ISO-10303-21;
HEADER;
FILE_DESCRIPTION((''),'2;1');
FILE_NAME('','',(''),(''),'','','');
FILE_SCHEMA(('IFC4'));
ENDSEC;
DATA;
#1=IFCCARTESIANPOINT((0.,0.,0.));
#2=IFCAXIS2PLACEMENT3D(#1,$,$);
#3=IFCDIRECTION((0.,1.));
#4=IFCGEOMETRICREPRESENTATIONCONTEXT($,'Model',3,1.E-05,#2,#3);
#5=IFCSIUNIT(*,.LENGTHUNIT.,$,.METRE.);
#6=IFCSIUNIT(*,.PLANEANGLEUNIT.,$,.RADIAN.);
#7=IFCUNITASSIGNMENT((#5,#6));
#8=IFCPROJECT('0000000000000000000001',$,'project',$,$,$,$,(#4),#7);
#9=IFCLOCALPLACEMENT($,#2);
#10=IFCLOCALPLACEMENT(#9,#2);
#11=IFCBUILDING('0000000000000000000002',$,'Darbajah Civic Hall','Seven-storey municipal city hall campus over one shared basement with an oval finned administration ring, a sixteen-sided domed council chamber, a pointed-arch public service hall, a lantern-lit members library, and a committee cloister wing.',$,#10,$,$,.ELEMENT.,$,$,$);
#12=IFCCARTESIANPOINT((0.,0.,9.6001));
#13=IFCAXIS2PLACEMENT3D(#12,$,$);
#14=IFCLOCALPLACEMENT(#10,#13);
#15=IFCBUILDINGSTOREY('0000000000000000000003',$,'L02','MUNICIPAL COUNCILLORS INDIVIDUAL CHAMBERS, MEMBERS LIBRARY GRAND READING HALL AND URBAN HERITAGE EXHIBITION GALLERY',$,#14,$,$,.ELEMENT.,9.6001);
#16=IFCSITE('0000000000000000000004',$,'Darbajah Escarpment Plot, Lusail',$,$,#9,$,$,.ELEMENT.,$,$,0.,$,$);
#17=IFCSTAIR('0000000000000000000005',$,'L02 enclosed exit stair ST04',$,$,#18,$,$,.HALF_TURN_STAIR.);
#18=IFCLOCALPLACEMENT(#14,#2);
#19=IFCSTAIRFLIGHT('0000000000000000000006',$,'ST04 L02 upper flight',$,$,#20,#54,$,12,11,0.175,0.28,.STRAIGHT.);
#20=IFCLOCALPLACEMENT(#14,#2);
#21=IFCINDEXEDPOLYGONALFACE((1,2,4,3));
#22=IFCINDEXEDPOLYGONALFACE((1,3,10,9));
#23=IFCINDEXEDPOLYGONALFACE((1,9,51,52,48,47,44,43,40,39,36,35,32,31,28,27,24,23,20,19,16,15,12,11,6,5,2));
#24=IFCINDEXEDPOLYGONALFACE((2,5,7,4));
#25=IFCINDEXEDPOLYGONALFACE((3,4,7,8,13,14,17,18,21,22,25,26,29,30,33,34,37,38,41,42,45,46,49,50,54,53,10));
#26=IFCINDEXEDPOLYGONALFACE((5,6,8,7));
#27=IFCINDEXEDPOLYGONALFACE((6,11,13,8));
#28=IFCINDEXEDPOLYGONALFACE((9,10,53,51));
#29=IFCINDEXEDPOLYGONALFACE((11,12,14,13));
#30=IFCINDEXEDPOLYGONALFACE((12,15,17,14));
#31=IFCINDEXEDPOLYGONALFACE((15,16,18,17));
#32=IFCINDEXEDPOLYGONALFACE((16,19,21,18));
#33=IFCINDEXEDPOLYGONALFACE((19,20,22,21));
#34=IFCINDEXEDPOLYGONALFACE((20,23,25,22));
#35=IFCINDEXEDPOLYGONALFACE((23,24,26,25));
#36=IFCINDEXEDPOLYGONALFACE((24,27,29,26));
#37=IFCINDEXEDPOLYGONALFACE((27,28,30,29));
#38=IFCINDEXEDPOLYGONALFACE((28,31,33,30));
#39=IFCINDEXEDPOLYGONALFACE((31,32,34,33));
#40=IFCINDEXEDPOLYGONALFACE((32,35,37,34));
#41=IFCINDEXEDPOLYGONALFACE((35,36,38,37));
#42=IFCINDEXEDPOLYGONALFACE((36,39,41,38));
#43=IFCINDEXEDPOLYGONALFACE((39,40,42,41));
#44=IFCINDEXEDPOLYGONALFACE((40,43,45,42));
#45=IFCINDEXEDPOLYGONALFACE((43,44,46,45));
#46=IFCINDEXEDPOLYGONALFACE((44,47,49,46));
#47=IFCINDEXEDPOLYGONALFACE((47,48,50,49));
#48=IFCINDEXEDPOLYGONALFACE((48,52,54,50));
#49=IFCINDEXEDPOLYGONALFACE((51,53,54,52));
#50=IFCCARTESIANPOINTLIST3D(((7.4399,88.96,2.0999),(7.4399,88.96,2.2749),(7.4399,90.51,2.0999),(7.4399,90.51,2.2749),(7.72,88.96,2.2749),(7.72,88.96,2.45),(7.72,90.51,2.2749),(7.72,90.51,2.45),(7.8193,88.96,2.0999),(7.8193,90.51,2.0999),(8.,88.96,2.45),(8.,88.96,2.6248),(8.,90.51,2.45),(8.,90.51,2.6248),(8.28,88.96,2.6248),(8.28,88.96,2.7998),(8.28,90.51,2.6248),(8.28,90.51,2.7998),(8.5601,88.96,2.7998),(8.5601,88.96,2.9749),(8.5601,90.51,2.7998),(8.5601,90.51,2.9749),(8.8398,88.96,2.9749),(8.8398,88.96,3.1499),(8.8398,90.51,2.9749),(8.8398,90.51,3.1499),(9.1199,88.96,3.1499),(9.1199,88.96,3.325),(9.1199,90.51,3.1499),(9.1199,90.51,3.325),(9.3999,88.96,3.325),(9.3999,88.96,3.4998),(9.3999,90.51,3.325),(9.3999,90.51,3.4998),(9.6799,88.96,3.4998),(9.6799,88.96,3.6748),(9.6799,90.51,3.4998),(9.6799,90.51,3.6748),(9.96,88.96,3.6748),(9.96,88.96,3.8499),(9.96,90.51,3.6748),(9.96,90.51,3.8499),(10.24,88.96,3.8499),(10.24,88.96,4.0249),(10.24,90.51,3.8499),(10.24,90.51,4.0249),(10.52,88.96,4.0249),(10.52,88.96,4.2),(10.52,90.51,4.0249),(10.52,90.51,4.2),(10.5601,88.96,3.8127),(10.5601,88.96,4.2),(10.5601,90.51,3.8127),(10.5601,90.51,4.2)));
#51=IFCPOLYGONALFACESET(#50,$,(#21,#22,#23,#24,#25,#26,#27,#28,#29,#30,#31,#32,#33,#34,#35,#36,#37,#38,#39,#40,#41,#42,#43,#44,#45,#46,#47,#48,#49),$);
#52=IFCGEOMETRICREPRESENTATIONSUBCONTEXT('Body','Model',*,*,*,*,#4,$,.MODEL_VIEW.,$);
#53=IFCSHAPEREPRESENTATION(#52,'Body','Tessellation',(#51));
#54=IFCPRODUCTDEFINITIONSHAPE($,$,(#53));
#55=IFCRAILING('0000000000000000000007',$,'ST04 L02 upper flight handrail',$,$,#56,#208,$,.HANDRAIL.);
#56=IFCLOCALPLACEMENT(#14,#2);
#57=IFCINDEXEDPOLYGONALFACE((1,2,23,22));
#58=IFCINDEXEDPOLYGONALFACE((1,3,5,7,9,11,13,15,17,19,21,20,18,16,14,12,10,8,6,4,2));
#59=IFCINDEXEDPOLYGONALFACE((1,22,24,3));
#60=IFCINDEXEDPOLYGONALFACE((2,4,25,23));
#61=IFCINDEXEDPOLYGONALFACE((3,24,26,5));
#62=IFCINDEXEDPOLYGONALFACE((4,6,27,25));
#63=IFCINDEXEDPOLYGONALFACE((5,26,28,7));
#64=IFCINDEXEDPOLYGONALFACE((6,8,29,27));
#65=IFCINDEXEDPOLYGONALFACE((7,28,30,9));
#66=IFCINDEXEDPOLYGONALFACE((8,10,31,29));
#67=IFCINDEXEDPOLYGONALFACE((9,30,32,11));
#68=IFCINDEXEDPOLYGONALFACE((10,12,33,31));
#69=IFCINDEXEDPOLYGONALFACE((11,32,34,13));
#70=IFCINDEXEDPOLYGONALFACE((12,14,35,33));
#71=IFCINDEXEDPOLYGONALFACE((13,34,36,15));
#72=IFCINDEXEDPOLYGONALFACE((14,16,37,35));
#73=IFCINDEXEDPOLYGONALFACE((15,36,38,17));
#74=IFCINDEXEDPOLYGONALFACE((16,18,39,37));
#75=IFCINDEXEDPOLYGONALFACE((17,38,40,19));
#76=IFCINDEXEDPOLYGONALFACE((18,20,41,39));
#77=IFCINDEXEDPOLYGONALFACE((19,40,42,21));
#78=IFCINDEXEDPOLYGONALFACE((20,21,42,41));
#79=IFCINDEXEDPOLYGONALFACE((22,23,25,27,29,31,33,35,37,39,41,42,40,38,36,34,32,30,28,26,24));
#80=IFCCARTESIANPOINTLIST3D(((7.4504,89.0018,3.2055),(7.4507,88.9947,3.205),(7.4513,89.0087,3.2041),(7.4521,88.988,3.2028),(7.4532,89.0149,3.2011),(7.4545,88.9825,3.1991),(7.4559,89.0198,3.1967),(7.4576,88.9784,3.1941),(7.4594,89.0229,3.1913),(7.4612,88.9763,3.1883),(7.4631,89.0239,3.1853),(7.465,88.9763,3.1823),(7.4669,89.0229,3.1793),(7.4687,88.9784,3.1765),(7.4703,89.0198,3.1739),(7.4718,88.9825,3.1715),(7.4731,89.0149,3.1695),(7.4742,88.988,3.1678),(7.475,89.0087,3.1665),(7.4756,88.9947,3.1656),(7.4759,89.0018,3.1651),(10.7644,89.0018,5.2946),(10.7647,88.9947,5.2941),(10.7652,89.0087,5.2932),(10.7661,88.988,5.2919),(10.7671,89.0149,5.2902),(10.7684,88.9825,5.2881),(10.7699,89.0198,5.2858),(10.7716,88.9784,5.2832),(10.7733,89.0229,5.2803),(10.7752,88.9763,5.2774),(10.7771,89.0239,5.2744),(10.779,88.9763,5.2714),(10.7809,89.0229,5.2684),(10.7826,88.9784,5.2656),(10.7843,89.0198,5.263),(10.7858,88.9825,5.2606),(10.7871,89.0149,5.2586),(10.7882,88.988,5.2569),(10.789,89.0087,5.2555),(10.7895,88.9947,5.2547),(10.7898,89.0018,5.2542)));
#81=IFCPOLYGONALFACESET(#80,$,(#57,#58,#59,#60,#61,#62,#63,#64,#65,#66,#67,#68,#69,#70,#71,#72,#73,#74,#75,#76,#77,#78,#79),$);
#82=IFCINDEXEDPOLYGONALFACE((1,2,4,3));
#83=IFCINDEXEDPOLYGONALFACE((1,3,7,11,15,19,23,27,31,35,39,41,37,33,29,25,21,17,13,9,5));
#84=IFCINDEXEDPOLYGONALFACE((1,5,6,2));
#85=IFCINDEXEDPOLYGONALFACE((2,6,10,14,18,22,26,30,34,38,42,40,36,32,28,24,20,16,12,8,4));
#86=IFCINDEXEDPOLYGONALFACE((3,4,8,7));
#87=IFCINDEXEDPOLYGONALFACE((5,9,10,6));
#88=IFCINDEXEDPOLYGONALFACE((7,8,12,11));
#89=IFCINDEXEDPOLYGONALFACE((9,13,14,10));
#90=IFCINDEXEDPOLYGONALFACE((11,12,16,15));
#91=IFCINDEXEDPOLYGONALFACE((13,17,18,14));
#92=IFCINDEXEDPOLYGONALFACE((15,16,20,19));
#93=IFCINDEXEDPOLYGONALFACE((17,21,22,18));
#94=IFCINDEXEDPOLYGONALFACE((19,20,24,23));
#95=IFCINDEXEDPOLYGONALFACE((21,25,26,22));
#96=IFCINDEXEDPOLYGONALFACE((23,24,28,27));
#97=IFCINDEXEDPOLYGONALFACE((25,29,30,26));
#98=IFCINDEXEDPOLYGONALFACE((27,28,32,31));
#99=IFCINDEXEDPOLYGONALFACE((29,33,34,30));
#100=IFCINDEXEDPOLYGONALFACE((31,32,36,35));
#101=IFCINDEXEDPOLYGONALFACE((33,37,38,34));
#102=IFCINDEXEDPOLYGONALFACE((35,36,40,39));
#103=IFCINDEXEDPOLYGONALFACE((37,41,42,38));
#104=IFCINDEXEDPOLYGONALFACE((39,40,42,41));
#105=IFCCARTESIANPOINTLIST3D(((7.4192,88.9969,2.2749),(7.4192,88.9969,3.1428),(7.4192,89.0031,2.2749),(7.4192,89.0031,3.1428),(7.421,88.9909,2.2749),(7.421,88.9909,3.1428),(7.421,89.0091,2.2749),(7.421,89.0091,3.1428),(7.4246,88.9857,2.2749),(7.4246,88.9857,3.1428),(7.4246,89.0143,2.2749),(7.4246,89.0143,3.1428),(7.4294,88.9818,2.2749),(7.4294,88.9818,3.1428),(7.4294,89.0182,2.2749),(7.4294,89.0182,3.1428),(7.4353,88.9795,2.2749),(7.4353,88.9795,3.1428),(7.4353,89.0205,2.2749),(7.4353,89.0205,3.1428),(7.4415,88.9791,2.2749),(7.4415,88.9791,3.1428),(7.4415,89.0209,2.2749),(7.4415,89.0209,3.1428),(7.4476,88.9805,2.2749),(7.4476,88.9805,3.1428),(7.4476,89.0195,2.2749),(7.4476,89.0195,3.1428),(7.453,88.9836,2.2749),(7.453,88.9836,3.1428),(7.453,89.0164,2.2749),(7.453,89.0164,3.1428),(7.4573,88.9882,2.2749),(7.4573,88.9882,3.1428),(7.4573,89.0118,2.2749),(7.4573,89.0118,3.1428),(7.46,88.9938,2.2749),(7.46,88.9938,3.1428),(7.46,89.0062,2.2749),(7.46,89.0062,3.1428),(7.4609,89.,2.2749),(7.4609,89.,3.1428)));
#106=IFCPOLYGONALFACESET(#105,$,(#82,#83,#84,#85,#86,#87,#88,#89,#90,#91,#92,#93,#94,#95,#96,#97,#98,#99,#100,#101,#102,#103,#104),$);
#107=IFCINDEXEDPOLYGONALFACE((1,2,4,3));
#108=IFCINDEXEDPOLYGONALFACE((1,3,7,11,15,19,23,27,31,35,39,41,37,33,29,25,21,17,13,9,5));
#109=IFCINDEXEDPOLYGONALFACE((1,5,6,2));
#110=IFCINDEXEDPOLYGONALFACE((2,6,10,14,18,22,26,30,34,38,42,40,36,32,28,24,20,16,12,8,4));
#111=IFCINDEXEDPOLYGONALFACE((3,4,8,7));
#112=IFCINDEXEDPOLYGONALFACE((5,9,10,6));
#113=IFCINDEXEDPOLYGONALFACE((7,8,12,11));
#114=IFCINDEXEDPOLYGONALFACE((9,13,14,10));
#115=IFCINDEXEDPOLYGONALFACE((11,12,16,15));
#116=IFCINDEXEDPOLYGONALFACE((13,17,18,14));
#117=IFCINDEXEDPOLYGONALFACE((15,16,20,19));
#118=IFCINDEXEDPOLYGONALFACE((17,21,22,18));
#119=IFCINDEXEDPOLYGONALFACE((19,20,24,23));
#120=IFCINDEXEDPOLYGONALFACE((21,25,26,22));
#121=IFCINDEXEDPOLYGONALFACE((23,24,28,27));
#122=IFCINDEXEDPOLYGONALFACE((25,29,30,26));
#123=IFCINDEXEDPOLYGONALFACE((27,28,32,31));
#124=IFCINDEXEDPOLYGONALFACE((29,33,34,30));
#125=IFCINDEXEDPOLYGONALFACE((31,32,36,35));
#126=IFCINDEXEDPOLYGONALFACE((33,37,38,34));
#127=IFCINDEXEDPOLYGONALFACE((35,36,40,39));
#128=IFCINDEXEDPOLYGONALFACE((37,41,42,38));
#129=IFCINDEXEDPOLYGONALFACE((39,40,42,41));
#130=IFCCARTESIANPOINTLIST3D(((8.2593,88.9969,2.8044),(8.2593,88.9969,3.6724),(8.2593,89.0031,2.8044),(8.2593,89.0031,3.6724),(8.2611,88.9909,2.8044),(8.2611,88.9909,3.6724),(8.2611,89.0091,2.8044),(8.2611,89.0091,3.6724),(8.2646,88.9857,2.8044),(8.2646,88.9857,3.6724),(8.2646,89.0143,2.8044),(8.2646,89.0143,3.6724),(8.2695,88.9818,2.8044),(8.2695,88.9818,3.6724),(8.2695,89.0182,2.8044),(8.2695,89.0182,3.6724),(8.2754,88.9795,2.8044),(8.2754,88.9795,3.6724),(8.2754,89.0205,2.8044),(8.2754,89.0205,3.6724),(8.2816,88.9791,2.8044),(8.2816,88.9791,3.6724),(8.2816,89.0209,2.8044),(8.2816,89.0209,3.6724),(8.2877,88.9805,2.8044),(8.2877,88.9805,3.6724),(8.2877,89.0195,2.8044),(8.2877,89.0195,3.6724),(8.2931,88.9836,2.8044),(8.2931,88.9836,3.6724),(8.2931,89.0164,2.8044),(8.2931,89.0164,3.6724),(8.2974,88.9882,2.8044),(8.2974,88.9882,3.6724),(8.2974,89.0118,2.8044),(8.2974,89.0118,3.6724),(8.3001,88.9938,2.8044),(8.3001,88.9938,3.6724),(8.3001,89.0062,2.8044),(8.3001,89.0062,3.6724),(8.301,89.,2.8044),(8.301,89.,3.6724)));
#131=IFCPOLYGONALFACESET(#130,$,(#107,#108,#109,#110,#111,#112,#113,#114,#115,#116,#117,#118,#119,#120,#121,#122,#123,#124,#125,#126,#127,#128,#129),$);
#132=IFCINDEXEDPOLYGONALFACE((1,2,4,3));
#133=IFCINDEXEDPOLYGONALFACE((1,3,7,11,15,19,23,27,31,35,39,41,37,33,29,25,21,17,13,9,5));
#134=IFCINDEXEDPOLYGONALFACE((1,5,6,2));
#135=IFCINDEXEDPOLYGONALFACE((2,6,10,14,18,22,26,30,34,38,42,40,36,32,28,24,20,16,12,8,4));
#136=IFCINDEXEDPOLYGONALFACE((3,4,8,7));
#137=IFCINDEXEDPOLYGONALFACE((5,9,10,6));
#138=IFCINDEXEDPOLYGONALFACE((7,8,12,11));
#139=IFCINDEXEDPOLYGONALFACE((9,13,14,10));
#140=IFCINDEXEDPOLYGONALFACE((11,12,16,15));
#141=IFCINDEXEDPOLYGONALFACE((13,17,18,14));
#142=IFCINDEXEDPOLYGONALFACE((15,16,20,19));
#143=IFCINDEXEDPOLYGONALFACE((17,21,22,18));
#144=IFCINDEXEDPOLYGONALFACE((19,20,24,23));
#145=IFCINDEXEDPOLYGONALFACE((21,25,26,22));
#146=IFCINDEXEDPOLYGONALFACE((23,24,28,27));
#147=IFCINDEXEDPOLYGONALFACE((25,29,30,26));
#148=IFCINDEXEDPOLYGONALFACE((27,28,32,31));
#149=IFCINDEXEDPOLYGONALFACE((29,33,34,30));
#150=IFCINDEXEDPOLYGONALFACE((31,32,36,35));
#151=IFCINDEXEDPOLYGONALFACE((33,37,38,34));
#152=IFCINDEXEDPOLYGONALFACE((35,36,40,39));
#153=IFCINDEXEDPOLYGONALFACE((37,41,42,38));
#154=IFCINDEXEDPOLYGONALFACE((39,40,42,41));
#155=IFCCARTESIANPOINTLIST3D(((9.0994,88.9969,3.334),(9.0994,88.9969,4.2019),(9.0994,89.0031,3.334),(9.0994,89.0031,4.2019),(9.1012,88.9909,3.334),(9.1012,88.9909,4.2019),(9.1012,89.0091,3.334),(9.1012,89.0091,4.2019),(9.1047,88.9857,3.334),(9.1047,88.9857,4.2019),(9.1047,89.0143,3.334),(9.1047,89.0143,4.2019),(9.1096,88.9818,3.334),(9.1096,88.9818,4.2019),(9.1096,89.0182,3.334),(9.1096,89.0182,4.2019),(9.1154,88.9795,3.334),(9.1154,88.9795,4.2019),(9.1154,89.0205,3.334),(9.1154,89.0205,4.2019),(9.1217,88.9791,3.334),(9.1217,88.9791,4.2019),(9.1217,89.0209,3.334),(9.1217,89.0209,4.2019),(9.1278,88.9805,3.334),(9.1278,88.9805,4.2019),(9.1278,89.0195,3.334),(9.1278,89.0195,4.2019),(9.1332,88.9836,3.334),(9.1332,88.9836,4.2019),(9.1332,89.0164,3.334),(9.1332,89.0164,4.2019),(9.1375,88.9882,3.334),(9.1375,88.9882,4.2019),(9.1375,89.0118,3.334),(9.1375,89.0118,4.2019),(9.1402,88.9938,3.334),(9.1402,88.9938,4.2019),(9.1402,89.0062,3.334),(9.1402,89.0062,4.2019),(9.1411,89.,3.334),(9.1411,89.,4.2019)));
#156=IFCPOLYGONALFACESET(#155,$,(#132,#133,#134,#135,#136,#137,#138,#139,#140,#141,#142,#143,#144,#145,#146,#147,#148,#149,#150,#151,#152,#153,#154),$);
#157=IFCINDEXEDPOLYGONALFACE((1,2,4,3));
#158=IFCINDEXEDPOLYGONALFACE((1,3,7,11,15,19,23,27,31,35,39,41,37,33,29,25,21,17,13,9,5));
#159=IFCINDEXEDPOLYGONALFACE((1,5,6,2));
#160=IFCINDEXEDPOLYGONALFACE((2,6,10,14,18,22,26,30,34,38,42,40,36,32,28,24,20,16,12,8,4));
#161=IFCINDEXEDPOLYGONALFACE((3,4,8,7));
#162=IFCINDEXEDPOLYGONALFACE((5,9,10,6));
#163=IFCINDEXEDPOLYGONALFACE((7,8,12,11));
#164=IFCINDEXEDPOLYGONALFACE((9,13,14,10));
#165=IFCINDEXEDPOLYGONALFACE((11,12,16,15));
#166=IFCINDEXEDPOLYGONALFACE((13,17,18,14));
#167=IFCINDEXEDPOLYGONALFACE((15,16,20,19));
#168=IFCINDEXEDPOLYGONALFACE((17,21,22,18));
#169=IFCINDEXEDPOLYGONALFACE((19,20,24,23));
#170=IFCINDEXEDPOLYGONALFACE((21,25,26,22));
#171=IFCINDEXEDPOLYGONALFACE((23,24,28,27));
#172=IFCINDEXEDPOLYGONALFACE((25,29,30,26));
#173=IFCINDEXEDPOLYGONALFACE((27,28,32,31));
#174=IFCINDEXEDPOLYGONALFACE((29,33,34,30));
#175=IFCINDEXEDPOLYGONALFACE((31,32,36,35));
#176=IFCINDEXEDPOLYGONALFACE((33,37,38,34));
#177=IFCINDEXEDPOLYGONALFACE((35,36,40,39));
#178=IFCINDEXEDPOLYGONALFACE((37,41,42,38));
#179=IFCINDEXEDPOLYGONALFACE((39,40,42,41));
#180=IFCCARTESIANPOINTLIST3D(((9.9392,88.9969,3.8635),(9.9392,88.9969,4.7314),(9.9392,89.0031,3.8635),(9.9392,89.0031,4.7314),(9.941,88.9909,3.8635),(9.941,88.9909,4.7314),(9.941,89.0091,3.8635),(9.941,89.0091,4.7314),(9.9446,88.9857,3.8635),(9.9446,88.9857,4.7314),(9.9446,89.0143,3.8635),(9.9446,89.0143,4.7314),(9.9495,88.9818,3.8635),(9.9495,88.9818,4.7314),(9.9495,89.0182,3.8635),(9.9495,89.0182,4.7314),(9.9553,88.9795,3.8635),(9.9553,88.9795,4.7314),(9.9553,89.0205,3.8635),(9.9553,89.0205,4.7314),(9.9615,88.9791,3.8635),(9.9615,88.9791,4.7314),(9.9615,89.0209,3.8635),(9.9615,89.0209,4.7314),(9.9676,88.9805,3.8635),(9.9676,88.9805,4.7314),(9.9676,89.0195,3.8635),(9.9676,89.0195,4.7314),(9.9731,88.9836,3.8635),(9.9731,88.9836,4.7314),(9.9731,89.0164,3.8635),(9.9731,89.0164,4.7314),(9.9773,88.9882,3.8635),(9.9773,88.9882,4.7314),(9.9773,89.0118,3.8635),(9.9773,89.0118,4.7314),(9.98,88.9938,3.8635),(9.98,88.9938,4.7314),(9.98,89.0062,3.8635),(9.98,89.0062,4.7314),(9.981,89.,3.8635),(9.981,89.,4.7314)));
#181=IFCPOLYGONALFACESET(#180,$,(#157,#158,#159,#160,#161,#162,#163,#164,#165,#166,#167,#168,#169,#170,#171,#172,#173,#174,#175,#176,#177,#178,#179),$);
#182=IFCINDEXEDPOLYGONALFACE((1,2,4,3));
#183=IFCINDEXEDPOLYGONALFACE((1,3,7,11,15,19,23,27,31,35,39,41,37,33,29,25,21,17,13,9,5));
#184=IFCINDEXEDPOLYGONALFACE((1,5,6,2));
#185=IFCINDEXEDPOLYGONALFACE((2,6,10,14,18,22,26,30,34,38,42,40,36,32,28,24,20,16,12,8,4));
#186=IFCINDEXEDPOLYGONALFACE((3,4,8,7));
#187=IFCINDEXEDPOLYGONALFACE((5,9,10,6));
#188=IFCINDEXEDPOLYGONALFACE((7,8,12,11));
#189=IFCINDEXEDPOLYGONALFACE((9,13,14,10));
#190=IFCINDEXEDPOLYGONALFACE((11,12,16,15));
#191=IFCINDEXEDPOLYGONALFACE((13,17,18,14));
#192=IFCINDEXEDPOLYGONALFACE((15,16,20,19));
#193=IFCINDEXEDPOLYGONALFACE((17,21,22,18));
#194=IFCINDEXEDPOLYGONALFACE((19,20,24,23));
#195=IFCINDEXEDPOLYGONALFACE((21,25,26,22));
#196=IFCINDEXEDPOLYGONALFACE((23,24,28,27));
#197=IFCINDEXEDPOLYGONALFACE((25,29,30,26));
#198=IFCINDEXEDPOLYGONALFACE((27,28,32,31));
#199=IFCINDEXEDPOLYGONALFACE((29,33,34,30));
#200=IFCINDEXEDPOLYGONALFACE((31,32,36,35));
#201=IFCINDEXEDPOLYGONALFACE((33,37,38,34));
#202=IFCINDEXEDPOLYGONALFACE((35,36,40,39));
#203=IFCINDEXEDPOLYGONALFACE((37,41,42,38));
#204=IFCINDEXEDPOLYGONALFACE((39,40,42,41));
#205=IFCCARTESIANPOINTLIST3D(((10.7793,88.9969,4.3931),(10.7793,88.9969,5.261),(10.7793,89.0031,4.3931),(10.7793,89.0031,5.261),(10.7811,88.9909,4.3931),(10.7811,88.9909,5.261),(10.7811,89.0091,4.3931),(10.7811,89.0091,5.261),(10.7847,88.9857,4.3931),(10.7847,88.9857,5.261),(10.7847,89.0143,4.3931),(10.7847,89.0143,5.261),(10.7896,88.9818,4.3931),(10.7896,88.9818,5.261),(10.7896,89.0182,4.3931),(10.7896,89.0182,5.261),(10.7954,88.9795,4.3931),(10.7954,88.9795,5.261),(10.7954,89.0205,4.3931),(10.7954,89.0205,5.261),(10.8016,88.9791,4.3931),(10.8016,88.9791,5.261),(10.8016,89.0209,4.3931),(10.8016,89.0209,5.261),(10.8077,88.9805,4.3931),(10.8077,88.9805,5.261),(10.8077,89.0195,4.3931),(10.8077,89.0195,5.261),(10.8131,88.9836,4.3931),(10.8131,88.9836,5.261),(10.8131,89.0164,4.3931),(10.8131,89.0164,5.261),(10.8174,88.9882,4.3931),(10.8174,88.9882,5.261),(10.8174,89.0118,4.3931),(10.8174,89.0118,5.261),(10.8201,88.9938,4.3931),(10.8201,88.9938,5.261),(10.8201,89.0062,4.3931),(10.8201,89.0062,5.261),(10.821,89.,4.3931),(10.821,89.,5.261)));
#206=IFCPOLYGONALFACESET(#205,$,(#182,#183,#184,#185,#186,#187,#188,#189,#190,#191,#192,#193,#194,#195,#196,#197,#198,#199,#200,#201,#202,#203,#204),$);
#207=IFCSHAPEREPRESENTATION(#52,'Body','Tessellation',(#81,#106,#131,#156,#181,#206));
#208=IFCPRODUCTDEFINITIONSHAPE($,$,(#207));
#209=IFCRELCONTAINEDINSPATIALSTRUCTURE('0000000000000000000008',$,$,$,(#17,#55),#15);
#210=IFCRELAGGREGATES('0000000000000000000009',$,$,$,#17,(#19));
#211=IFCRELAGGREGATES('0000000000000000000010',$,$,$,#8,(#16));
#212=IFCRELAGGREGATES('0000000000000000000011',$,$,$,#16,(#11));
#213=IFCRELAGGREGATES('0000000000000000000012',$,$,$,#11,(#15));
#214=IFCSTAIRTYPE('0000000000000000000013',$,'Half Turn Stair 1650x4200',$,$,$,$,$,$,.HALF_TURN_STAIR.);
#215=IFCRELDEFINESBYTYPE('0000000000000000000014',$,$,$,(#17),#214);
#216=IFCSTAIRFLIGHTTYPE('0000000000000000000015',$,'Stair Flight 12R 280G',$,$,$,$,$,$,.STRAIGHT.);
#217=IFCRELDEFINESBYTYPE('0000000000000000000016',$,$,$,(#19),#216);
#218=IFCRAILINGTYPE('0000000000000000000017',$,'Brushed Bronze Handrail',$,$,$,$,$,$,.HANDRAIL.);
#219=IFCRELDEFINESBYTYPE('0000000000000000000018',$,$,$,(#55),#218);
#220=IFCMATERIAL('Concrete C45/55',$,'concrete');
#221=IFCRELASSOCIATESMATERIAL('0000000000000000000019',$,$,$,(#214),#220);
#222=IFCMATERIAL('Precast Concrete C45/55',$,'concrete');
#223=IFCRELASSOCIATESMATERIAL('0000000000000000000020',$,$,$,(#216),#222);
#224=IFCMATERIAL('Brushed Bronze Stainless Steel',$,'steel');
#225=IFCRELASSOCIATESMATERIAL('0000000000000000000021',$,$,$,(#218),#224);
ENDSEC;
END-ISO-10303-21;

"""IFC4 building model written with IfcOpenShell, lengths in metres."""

from ifc_helpers import new_model, si_unit, direction, frame, origin, origin_2d, place, context, subcontext, project, spatial, polyline, circle, outline, extrude, material, type_object, element, aggregate, save


model = new_model("IFC4")

# Units and contexts
model_context = context("Model", 3, precision=1e-05, world=origin(), true_north=direction((0.0, 1.0)))
body_context = subcontext(model_context, "Body", "Model", "MODEL_VIEW")
ifc_project = project(units=[si_unit("LENGTHUNIT", "METRE"), si_unit("PLANEANGLEUNIT", "RADIAN")], contexts=[model_context])

# Site, building, storey
site_placement = place(None, origin())
site = spatial("IfcSite", under=ifc_project, at=site_placement, Name="Darbajah Escarpment Plot, Lusail", CompositionType="ELEMENT", RefElevation=0.0)
building_placement = place(site_placement, origin())
building = spatial("IfcBuilding", under=site, at=building_placement, Name="Darbajah Civic Hall", Description="Seven-storey municipal city hall campus over one shared basement with an oval finned administration ring, a sixteen-sided domed council chamber, a pointed-arch public service hall, a lantern-lit members library, and a committee cloister wing.", CompositionType="ELEMENT")
storey_placement = place(building_placement, frame((0.0, 0.0, 9.6001)))
storey = spatial("IfcBuildingStorey", under=building, at=storey_placement, Name="L02", Description="MUNICIPAL COUNCILLORS INDIVIDUAL CHAMBERS, MEMBERS LIBRARY GRAND READING HALL AND URBAN HERITAGE EXHIBITION GALLERY", CompositionType="ELEMENT", Elevation=9.6001)

# Shared definitions
ifc_material_1 = material(Name="Concrete C45/55", Category="concrete")

# Stair, stair flight
stair_type = type_object("IfcStairType", Name="Half Turn Stair 1650x4200", PredefinedType="HALF_TURN_STAIR", material=ifc_material_1)
stair_placement = place(storey_placement, origin())
stair = element("IfcStair", 1, at=stair_placement, inside=storey, type_object=stair_type, Name="L02 enclosed exit stair ST04", PredefinedType="HALF_TURN_STAIR")
ifc_material_2 = material(Name="Precast Concrete C45/55", Category="concrete")
stair_flight_type = type_object("IfcStairFlightType", Name="Stair Flight 12R 280G", PredefinedType="STRAIGHT", material=ifc_material_2)
stair_flight_placement = place(storey_placement, frame((7.4399, 89.7351, 2.0999), z_axis=(0.0, 0.0, 1.0), x_axis=(1.0, 0.0, 0.0)))
stair_flight = element("IfcStairFlight", 2, at=stair_flight_placement, type_object=stair_flight_type, Name="ST04 L02 upper flight", NumberOfRisers=12, NumberOfTreads=11, PredefinedType="STRAIGHT", RiserHeight=0.175, TreadLength=0.28, context=body_context, shape_type="SweptSolid", body=[
    extrude(outline(polyline([(0.0, 0.0), (0.0, 0.175), (0.28, 0.175), (0.28, 0.3501), (0.5601, 0.3501), (0.5601, 0.5249), (0.8401, 0.5249), (0.8401, 0.7), (1.1201, 0.7), (1.1201, 0.875), (1.3999, 0.875), (1.3999, 1.05), (1.6799, 1.05), (1.6799, 1.2251), (1.96, 1.2251), (1.96, 1.3999), (2.24, 1.3999), (2.24, 1.575), (2.52, 1.575), (2.52, 1.75), (2.8, 1.75), (2.8, 1.925), (3.0801, 1.925), (3.0801, 2.1001), (3.1201, 2.1001), (3.1201, 1.7129), (0.3794, 0.0), (0.0, 0.0)])), frame((0.0, 0.7749, 0.0), z_axis=(0.0, -1.0, 0.0), x_axis=(1.0, 0.0, 0.0)), (0.0, 0.0, 1.0), 1.55),
])
aggregate(stair, [stair_flight])

# Railing
ifc_material_3 = material(Name="Brushed Bronze Stainless Steel", Category="steel")
railing_type_1 = type_object("IfcRailingType", Name="Brushed Bronze Handrail", PredefinedType="HANDRAIL", material=ifc_material_3)
railing_1_placement = place(storey_placement, frame((7.4399, 89.0, 2.2749)))
element("IfcRailing", 3, at=railing_1_placement, inside=storey, type_object=railing_type_1, Name="ST04 L02 upper flight handrail", PredefinedType="HANDRAIL", context=body_context, shape_type="SweptSolid", body=[
    extrude(circle(Radius=0.0239, at=origin_2d()), frame((0.0232, 0.0, 0.9104), z_axis=(0.845944, 0.0, 0.533271), x_axis=(0.0, 1.0, 0.0)), (0.0, 0.0, 1.0), 3.9175),
    extrude(circle(Radius=0.021, at=origin_2d()), origin(), (0.0, 0.0, 1.0), 0.8679),
    extrude(circle(Radius=0.021, at=origin_2d()), frame((0.8401, 0.0, 0.5295)), (0.0, 0.0, 1.0), 0.8679),
    extrude(circle(Radius=0.021, at=origin_2d()), frame((1.6802, 0.0, 1.0591)), (0.0, 0.0, 1.0), 0.8679),
    extrude(circle(Radius=0.021, at=origin_2d()), frame((2.52, 0.0, 1.5886)), (0.0, 0.0, 1.0), 0.8679),
    extrude(circle(Radius=0.021, at=origin_2d()), frame((3.3601, 0.0, 2.1182)), (0.0, 0.0, 1.0), 0.8679),
])

save(model, "model.ifc")
